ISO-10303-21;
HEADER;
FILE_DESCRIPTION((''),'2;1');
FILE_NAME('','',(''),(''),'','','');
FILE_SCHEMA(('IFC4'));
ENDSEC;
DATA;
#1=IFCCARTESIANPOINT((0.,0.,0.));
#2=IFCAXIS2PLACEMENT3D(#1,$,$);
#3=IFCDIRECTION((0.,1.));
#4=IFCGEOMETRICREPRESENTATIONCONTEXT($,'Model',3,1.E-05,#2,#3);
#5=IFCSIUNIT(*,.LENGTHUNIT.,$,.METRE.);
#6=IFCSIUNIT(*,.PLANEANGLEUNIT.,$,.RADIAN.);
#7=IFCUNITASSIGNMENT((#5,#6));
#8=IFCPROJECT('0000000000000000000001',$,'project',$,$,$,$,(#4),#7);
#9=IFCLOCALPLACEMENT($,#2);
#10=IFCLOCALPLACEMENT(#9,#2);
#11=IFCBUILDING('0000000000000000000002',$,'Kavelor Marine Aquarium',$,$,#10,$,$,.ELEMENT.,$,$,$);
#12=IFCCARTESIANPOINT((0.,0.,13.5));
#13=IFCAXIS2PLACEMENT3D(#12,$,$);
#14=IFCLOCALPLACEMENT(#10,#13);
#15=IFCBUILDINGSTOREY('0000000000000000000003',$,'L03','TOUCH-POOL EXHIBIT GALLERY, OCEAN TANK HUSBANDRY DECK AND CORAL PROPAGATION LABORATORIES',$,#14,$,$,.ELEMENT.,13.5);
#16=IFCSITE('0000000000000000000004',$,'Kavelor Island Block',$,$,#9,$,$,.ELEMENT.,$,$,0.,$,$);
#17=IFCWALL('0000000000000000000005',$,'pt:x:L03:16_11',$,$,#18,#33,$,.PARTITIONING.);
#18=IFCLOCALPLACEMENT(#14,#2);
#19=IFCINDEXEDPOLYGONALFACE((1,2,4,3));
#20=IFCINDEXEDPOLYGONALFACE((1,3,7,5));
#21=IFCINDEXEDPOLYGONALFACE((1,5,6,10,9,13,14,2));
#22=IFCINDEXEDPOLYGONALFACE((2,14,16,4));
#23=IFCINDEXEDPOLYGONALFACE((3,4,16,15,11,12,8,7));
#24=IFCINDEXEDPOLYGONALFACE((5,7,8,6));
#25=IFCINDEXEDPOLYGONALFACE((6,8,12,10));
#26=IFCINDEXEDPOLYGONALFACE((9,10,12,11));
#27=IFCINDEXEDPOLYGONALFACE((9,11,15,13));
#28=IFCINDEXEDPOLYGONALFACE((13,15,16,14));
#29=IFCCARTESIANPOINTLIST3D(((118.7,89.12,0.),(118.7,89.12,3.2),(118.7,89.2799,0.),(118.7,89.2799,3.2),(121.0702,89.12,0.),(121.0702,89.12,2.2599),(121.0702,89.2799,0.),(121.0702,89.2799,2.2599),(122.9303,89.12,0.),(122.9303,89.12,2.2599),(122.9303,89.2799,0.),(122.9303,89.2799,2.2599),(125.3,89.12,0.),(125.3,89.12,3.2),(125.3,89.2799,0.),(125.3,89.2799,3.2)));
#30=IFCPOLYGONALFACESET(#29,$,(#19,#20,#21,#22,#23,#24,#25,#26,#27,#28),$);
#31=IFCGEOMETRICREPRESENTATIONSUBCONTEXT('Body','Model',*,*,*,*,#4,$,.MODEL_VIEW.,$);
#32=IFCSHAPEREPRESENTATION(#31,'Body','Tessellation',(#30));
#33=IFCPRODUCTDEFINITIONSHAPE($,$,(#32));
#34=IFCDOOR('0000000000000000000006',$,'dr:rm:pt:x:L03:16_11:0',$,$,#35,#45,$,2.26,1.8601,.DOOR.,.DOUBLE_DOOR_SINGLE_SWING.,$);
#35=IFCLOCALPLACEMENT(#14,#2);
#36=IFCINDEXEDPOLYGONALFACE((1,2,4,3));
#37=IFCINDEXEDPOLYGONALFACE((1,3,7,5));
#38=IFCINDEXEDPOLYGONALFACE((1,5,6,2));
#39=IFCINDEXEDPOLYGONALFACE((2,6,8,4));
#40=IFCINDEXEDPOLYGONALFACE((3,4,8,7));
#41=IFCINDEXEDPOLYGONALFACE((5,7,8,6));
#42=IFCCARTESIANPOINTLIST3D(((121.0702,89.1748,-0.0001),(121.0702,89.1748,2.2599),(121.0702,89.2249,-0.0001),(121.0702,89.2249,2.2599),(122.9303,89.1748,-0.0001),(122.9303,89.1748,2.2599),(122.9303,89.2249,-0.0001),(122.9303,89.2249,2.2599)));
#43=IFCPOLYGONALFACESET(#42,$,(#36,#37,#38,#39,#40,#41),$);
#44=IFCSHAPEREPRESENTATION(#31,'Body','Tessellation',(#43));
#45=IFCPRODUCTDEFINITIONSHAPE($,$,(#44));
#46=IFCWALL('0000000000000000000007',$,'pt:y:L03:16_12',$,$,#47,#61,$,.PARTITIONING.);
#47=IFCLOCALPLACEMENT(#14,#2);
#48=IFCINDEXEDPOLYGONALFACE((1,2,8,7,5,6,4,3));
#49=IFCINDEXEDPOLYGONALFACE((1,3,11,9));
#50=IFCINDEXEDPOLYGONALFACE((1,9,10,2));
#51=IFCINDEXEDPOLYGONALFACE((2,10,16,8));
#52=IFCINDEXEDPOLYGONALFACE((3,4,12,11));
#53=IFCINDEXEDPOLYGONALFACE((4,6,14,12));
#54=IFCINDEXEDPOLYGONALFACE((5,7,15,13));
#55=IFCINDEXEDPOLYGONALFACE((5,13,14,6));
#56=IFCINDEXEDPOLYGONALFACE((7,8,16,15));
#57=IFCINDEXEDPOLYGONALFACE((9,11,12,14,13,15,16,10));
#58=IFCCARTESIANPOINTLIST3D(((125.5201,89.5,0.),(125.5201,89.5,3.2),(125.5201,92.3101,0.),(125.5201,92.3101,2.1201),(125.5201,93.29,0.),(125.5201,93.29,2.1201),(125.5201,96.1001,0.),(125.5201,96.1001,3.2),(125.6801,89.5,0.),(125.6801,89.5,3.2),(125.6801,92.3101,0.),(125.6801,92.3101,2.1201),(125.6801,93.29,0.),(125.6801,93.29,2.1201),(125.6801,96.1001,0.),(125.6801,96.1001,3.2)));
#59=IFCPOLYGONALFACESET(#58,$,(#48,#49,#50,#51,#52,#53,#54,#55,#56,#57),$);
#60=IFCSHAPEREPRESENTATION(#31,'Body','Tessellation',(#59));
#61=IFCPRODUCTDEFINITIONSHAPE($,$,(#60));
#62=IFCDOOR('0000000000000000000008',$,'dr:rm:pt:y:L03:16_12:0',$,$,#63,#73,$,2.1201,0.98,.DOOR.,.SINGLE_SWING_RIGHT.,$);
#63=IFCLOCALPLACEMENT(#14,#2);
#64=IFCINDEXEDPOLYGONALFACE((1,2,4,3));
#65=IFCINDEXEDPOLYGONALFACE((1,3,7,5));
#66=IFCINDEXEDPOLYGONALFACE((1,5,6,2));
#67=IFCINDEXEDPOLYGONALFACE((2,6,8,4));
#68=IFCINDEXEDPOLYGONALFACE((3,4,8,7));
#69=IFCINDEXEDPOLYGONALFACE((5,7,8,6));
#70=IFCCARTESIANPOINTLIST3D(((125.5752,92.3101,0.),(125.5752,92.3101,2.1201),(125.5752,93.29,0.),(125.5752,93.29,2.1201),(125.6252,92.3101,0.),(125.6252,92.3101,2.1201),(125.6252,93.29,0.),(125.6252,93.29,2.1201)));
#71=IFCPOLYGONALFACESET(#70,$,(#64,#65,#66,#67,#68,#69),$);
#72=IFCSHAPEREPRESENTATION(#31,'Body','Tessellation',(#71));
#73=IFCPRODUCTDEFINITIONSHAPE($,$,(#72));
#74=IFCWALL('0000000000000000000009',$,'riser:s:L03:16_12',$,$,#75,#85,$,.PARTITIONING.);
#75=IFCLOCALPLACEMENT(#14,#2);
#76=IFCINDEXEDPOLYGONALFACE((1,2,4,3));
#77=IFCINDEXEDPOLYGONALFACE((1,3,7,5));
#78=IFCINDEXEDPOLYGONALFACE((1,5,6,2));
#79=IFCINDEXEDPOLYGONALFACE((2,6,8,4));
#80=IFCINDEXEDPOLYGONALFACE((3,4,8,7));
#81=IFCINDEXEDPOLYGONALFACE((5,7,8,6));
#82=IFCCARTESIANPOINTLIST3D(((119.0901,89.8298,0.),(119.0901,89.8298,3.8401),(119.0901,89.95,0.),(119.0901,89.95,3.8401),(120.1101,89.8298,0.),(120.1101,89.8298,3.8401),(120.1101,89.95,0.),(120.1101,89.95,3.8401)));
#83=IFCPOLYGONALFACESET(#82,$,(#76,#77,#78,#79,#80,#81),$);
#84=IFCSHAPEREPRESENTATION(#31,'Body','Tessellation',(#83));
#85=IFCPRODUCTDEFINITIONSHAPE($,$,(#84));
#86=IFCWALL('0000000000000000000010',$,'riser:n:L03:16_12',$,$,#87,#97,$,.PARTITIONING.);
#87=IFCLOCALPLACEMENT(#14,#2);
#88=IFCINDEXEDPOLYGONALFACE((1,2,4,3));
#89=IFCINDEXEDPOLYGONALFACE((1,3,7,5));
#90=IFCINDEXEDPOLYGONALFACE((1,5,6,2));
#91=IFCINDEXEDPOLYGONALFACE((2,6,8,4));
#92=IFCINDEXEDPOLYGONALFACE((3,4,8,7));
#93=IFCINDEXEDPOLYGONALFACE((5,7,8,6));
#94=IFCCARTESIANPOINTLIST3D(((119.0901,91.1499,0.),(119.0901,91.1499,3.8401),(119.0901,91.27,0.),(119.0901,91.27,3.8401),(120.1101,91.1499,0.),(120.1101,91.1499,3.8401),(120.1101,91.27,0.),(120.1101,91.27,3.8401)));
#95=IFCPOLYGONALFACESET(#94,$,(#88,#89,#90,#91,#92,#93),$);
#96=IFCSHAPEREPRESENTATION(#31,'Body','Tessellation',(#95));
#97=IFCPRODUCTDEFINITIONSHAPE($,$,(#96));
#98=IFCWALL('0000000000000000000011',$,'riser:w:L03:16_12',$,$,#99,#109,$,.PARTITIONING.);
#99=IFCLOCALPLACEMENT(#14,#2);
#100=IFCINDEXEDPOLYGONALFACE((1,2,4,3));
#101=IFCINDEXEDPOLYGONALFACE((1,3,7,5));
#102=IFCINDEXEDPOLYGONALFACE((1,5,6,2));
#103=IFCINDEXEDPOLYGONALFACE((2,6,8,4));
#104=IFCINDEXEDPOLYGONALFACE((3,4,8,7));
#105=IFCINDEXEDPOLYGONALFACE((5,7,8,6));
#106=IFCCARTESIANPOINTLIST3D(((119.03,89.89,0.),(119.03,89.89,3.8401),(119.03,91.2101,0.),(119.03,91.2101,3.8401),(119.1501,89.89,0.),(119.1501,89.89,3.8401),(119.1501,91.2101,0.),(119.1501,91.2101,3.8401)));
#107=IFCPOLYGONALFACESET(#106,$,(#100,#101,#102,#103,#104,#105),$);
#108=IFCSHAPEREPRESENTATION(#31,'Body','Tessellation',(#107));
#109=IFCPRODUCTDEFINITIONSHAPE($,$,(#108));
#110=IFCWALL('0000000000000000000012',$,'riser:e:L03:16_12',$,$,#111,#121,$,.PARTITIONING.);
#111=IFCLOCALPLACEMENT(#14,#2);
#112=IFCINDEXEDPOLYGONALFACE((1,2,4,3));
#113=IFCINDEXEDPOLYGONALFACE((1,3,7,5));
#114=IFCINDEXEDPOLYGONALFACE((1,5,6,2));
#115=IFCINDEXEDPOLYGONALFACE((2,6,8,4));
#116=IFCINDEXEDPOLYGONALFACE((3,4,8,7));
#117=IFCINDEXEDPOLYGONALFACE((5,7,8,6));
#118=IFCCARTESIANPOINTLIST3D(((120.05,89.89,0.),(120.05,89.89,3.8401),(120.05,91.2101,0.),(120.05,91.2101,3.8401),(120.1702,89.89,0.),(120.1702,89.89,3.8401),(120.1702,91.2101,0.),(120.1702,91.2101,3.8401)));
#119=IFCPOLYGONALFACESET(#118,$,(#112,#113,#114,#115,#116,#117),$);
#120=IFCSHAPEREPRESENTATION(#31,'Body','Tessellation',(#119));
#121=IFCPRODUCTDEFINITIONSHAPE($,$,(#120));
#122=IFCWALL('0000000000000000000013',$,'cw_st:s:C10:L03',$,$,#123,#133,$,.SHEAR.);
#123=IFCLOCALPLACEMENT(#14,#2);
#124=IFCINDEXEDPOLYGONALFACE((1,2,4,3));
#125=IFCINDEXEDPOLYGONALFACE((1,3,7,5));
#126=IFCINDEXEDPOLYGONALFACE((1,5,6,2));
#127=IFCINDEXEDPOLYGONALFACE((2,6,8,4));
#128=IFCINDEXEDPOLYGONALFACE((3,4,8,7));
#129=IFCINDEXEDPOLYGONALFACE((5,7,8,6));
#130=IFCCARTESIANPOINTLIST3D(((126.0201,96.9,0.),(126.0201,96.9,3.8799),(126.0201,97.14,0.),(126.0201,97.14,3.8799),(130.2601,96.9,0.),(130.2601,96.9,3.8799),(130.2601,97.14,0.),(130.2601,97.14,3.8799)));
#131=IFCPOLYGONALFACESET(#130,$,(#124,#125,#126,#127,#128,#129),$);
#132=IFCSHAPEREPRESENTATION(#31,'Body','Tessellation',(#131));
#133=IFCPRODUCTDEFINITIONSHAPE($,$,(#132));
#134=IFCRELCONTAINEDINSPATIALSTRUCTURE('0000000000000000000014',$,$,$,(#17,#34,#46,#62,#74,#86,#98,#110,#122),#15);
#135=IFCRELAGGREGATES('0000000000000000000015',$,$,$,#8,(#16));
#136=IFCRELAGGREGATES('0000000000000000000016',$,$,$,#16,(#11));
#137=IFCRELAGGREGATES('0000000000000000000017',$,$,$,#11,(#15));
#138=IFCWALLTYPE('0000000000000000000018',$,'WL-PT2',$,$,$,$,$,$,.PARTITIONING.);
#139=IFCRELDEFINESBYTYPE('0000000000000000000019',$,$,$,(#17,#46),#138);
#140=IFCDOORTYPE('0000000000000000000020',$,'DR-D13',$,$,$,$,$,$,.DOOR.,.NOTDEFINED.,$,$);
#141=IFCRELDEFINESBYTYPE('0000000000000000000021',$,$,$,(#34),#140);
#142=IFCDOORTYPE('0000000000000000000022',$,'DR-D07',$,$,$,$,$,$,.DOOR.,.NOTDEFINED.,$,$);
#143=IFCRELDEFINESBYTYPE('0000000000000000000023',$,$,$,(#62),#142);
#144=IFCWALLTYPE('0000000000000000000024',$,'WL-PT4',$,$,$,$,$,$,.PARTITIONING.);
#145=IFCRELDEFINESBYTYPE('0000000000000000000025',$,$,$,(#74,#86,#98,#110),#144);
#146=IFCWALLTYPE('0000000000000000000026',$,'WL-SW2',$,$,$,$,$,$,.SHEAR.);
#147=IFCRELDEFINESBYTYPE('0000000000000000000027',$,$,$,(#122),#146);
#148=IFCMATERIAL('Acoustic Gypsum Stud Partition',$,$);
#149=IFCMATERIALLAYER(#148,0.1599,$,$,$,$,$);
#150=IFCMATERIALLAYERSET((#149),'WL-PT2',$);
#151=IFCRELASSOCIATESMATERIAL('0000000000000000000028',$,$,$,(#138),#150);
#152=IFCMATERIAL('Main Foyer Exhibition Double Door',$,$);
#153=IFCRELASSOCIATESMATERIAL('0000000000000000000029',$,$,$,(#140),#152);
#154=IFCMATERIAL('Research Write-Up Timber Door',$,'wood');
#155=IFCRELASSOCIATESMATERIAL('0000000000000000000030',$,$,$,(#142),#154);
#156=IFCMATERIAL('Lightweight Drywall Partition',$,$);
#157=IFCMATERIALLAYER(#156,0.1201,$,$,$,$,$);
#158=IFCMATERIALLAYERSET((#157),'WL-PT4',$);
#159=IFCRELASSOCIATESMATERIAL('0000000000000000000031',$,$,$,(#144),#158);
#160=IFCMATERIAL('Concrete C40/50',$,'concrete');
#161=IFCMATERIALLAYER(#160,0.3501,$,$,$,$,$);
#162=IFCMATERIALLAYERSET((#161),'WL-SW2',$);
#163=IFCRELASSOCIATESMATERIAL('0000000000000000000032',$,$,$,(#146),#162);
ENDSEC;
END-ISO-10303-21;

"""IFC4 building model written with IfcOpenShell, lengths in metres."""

from ifc_helpers import new_model, si_unit, direction, frame, frame_2d, origin, place, context, subcontext, project, spatial, rectangle, extrude, material, layer, layer_set, type_object, element, fill, save


model = new_model("IFC4")

# Units and contexts
model_context = context("Model", 3, precision=1e-05, world=origin(), true_north=direction((0.0, 1.0)))
body_context = subcontext(model_context, "Body", "Model", "MODEL_VIEW")
ifc_project = project(units=[si_unit("LENGTHUNIT", "METRE"), si_unit("PLANEANGLEUNIT", "RADIAN")], contexts=[model_context])

# Site, building, storey
site_placement = place(None, origin())
site = spatial("IfcSite", under=ifc_project, at=site_placement, Name="Kavelor Island Block", CompositionType="ELEMENT", RefElevation=0.0)
building_placement = place(site_placement, origin())
building = spatial("IfcBuilding", under=site, at=building_placement, Name="Kavelor Marine Aquarium", CompositionType="ELEMENT")
storey_placement = place(building_placement, frame((0.0, 0.0, 13.5)))
storey = spatial("IfcBuildingStorey", under=building, at=storey_placement, Name="L03", Description="TOUCH-POOL EXHIBIT GALLERY, OCEAN TANK HUSBANDRY DECK AND CORAL PROPAGATION LABORATORIES", CompositionType="ELEMENT", Elevation=13.5)

# Walls, openings, doors
ifc_material_1 = material(Name="Acoustic Gypsum Stud Partition")
ifc_layer_1 = layer(ifc_material_1, 0.1599)
ifc_layer_set_1 = layer_set([ifc_layer_1], Name="WL-PT2")
wall_type_1 = type_object("IfcWallType", Name="WL-PT2", PredefinedType="PARTITIONING", material=ifc_layer_set_1)
wall_1_placement = place(storey_placement, frame((118.7, 89.2, 0.0), z_axis=(0.0, 0.0, 1.0), x_axis=(1.0, 0.0, 0.0)))
wall_1 = element("IfcWall", 1, at=wall_1_placement, inside=storey, type_object=wall_type_1, Name="pt:x:L03:16_11", PredefinedType="PARTITIONING", context=body_context, shape_type="SweptSolid", body=[
    extrude(rectangle(XDim=6.6001, YDim=0.1599, at=frame_2d((3.3, 0.0))), origin(), (0.0, 0.0, 1.0), 3.2),
])
opening_1_placement = place(wall_1_placement, frame((2.3701, 0.0, 0.0)))
opening_1 = element("IfcOpeningElement", 2, at=opening_1_placement, cuts=wall_1, PredefinedType="OPENING", context=body_context, shape_type="SweptSolid", body=[
    extrude(rectangle(XDim=1.8601, YDim=2.26, at=frame_2d((0.9302, 1.1299))), frame((0.0, 0.0898, 0.0), z_axis=(0.0, -1.0, 0.0), x_axis=(1.0, 0.0, 0.0)), (0.0, 0.0, 1.0), 0.1799),
])
ifc_material_2 = material(Name="Main Foyer Exhibition Double Door")
door_type_1 = type_object("IfcDoorType", Name="DR-D13", OperationType="NOTDEFINED", PredefinedType="DOOR", material=ifc_material_2)
door_1_placement = place(opening_1_placement, origin())
door_1 = element("IfcDoor", 3, at=door_1_placement, inside=storey, type_object=door_type_1, Name="dr:rm:pt:x:L03:16_11:0", OperationType="DOUBLE_DOOR_SINGLE_SWING", OverallHeight=2.26, OverallWidth=1.8601, PredefinedType="DOOR", context=body_context, shape_type="SweptSolid", body=[
    extrude(rectangle(XDim=1.8601, YDim=2.26, at=frame_2d((0.9302, 1.1299))), frame((0.0, 0.0249, 0.0), z_axis=(0.0, -1.0, 0.0), x_axis=(1.0, 0.0, 0.0)), (0.0, 0.0, 1.0), 0.05),
])
fill(opening_1, door_1)
wall_2_placement = place(storey_placement, frame((125.6001, 89.5, 0.0), z_axis=(0.0, 0.0, 1.0), x_axis=(0.0, 1.0, 0.0)))
wall_2 = element("IfcWall", 4, at=wall_2_placement, inside=storey, type_object=wall_type_1, Name="pt:y:L03:16_12", PredefinedType="PARTITIONING", context=body_context, shape_type="SweptSolid", body=[
    extrude(rectangle(XDim=6.6001, YDim=0.1599, at=frame_2d((3.3, 0.0))), origin(), (0.0, 0.0, 1.0), 3.2),
])
opening_2_placement = place(wall_2_placement, frame((2.8101, 0.0, 0.0)))
opening_2 = element("IfcOpeningElement", 5, at=opening_2_placement, cuts=wall_2, PredefinedType="OPENING", context=body_context, shape_type="SweptSolid", body=[
    extrude(rectangle(XDim=0.98, YDim=2.1201, at=frame_2d((0.49, 1.0601))), frame((0.0, 0.0898, 0.0), z_axis=(0.0, -1.0, 0.0), x_axis=(1.0, 0.0, 0.0)), (0.0, 0.0, 1.0), 0.1799),
])
ifc_material_3 = material(Name="Research Write-Up Timber Door", Category="wood")
door_type_2 = type_object("IfcDoorType", Name="DR-D07", OperationType="NOTDEFINED", PredefinedType="DOOR", material=ifc_material_3)
door_2_placement = place(opening_2_placement, origin())
door_2 = element("IfcDoor", 6, at=door_2_placement, inside=storey, type_object=door_type_2, Name="dr:rm:pt:y:L03:16_12:0", OperationType="SINGLE_SWING_RIGHT", OverallHeight=2.1201, OverallWidth=0.98, PredefinedType="DOOR", context=body_context, shape_type="SweptSolid", body=[
    extrude(rectangle(XDim=0.98, YDim=2.1201, at=frame_2d((0.49, 1.0601))), frame((0.0, 0.0249, 0.0), z_axis=(0.0, -1.0, 0.0), x_axis=(1.0, 0.0, 0.0)), (0.0, 0.0, 1.0), 0.05),
])
fill(opening_2, door_2)

# Walls
ifc_material_4 = material(Name="Lightweight Drywall Partition")
ifc_layer_2 = layer(ifc_material_4, 0.1201)
ifc_layer_set_2 = layer_set([ifc_layer_2], Name="WL-PT4")
wall_type_2 = type_object("IfcWallType", Name="WL-PT4", PredefinedType="PARTITIONING", material=ifc_layer_set_2)
for number, where, z_axis, x_axis, name in (
    (7, (119.0901, 89.8899, 0.0), (0.0, 0.0, 1.0), (1.0, 0.0, 0.0), "riser:s:L03:16_12"),
    (8, (119.0901, 91.21, 0.0), (0.0, 0.0, 1.0), (1.0, 0.0, 0.0), "riser:n:L03:16_12"),
):
    element("IfcWall", number, at=place(storey_placement, frame(where, z_axis=z_axis, x_axis=x_axis)), inside=storey, type_object=wall_type_2, Name=name, PredefinedType="PARTITIONING", context=body_context, shape_type="SweptSolid", body=[
        extrude(rectangle(XDim=1.02, YDim=0.1201, at=frame_2d((0.51, 0.0))), origin(), (0.0, 0.0, 1.0), 3.8401),
    ])
for number, where, z_axis, x_axis, name in (
    (9, (119.0901, 89.8899, 0.0), (0.0, 0.0, 1.0), (0.0, 1.0, 0.0), "riser:w:L03:16_12"),
    (10, (120.1101, 89.8899, 0.0), (0.0, 0.0, 1.0), (0.0, 1.0, 0.0), "riser:e:L03:16_12"),
):
    element("IfcWall", number, at=place(storey_placement, frame(where, z_axis=z_axis, x_axis=x_axis)), inside=storey, type_object=wall_type_2, Name=name, PredefinedType="PARTITIONING", context=body_context, shape_type="SweptSolid", body=[
        extrude(rectangle(XDim=1.3201, YDim=0.1201, at=frame_2d((0.6602, 0.0))), origin(), (0.0, 0.0, 1.0), 3.8401),
    ])
ifc_material_5 = material(Name="Concrete C40/50", Category="concrete")
ifc_layer_3 = layer(ifc_material_5, 0.3501)
ifc_layer_set_3 = layer_set([ifc_layer_3], Name="WL-SW2")
wall_type_3 = type_object("IfcWallType", Name="WL-SW2", PredefinedType="SHEAR", material=ifc_layer_set_3)
wall_3_placement = place(storey_placement, frame((126.02, 97.02, 0.0), z_axis=(0.0, 0.0, 1.0), x_axis=(1.0, 0.0, 0.0)))
element("IfcWall", 11, at=wall_3_placement, inside=storey, type_object=wall_type_3, Name="cw_st:s:C10:L03", PredefinedType="SHEAR", context=body_context, shape_type="SweptSolid", body=[
    extrude(rectangle(XDim=4.24, YDim=0.24, at=frame_2d((2.1201, 0.0))), origin(), (0.0, 0.0, 1.0), 3.8799),
])

save(model, "model.ifc")
